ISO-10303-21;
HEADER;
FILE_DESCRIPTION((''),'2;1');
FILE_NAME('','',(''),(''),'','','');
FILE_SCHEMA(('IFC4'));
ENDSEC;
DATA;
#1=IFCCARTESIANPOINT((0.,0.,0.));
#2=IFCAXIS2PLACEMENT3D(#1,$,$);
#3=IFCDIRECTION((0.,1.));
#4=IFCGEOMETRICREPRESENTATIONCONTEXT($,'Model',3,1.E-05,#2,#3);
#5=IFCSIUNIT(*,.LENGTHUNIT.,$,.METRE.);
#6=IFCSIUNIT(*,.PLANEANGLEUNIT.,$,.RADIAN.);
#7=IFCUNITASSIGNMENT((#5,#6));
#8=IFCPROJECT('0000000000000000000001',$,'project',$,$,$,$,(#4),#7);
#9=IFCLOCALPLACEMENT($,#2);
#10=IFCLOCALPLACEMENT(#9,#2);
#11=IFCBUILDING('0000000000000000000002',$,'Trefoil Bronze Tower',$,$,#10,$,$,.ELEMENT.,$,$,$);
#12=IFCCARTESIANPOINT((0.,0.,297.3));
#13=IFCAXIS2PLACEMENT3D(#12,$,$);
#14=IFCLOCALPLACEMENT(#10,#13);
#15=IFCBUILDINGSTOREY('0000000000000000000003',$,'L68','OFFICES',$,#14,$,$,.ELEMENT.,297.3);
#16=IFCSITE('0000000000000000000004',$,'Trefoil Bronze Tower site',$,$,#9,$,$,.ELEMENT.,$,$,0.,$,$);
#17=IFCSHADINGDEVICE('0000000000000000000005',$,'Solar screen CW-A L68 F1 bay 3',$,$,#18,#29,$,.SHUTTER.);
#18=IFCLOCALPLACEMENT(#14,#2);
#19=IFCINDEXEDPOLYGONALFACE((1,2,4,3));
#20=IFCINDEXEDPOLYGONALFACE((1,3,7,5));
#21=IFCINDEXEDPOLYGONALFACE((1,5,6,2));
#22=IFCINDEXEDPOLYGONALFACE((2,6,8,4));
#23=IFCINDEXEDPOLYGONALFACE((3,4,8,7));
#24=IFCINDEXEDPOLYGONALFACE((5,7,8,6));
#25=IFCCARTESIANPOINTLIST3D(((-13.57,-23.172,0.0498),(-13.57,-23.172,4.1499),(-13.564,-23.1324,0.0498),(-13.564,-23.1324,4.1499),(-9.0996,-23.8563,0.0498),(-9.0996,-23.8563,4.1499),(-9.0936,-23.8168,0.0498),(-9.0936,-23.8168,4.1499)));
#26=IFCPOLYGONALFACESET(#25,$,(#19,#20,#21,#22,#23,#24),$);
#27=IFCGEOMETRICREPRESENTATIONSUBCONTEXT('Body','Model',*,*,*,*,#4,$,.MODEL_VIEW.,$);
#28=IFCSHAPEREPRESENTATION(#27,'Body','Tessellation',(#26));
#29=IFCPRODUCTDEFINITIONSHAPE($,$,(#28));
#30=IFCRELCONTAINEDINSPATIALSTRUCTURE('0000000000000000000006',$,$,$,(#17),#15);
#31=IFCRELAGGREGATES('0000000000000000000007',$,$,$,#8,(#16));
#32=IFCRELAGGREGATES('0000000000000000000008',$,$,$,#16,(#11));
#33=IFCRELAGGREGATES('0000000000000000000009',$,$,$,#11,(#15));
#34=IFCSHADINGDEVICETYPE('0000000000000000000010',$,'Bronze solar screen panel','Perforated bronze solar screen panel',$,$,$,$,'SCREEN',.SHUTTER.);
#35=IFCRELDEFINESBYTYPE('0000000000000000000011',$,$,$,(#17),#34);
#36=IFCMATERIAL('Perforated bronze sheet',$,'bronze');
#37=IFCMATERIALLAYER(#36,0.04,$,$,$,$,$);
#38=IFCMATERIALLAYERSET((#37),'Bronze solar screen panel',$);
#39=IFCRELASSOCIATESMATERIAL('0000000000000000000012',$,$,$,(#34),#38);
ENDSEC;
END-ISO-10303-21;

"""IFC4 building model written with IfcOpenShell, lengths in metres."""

from ifc_helpers import new_model, si_unit, direction, frame, origin, origin_2d, place, context, subcontext, project, spatial, rectangle, extrude, material, layer, layer_set, type_object, element, save


model = new_model("IFC4")

# Units and contexts
model_context = context("Model", 3, precision=1e-05, world=origin(), true_north=direction((0.0, 1.0)))
body_context = subcontext(model_context, "Body", "Model", "MODEL_VIEW")
ifc_project = project(units=[si_unit("LENGTHUNIT", "METRE"), si_unit("PLANEANGLEUNIT", "RADIAN")], contexts=[model_context])

# Site, building, storey
site_placement = place(None, origin())
site = spatial("IfcSite", under=ifc_project, at=site_placement, Name="Trefoil Bronze Tower site", CompositionType="ELEMENT", RefElevation=0.0)
building_placement = place(site_placement, origin())
building = spatial("IfcBuilding", under=site, at=building_placement, Name="Trefoil Bronze Tower", CompositionType="ELEMENT")
storey_placement = place(building_placement, frame((0.0, 0.0, 297.3)))
storey = spatial("IfcBuildingStorey", under=building, at=storey_placement, Name="L68", Description="OFFICES", CompositionType="ELEMENT", Elevation=297.3)

# Shading device
ifc_material_1 = material(Name="Perforated bronze sheet", Category="bronze")
ifc_layer_1 = layer(ifc_material_1, 0.04)
ifc_layer_set_1 = layer_set([ifc_layer_1], Name="Bronze solar screen panel")
shading_device_type = type_object("IfcShadingDeviceType", Name="Bronze solar screen panel", Description="Perforated bronze solar screen panel", ElementType="SCREEN", PredefinedType="SHUTTER", material=ifc_layer_set_1)
shading_device_1_placement = place(storey_placement, frame((-11.3318, -23.4944, 0.0498), z_axis=(0.0, 0.0, 1.0), x_axis=(0.988485, -0.151317, 0.0)))
element("IfcShadingDevice", 1, at=shading_device_1_placement, inside=storey, type_object=shading_device_type, Name="Solar screen CW-A L68 F1 bay 3", PredefinedType="SHUTTER", context=body_context, shape_type="SweptSolid", body=[
    extrude(rectangle(XDim=4.5225, YDim=0.04, at=origin_2d()), origin(), (0.0, 0.0, 1.0), 4.1001),
])

save(model, "model.ifc")
